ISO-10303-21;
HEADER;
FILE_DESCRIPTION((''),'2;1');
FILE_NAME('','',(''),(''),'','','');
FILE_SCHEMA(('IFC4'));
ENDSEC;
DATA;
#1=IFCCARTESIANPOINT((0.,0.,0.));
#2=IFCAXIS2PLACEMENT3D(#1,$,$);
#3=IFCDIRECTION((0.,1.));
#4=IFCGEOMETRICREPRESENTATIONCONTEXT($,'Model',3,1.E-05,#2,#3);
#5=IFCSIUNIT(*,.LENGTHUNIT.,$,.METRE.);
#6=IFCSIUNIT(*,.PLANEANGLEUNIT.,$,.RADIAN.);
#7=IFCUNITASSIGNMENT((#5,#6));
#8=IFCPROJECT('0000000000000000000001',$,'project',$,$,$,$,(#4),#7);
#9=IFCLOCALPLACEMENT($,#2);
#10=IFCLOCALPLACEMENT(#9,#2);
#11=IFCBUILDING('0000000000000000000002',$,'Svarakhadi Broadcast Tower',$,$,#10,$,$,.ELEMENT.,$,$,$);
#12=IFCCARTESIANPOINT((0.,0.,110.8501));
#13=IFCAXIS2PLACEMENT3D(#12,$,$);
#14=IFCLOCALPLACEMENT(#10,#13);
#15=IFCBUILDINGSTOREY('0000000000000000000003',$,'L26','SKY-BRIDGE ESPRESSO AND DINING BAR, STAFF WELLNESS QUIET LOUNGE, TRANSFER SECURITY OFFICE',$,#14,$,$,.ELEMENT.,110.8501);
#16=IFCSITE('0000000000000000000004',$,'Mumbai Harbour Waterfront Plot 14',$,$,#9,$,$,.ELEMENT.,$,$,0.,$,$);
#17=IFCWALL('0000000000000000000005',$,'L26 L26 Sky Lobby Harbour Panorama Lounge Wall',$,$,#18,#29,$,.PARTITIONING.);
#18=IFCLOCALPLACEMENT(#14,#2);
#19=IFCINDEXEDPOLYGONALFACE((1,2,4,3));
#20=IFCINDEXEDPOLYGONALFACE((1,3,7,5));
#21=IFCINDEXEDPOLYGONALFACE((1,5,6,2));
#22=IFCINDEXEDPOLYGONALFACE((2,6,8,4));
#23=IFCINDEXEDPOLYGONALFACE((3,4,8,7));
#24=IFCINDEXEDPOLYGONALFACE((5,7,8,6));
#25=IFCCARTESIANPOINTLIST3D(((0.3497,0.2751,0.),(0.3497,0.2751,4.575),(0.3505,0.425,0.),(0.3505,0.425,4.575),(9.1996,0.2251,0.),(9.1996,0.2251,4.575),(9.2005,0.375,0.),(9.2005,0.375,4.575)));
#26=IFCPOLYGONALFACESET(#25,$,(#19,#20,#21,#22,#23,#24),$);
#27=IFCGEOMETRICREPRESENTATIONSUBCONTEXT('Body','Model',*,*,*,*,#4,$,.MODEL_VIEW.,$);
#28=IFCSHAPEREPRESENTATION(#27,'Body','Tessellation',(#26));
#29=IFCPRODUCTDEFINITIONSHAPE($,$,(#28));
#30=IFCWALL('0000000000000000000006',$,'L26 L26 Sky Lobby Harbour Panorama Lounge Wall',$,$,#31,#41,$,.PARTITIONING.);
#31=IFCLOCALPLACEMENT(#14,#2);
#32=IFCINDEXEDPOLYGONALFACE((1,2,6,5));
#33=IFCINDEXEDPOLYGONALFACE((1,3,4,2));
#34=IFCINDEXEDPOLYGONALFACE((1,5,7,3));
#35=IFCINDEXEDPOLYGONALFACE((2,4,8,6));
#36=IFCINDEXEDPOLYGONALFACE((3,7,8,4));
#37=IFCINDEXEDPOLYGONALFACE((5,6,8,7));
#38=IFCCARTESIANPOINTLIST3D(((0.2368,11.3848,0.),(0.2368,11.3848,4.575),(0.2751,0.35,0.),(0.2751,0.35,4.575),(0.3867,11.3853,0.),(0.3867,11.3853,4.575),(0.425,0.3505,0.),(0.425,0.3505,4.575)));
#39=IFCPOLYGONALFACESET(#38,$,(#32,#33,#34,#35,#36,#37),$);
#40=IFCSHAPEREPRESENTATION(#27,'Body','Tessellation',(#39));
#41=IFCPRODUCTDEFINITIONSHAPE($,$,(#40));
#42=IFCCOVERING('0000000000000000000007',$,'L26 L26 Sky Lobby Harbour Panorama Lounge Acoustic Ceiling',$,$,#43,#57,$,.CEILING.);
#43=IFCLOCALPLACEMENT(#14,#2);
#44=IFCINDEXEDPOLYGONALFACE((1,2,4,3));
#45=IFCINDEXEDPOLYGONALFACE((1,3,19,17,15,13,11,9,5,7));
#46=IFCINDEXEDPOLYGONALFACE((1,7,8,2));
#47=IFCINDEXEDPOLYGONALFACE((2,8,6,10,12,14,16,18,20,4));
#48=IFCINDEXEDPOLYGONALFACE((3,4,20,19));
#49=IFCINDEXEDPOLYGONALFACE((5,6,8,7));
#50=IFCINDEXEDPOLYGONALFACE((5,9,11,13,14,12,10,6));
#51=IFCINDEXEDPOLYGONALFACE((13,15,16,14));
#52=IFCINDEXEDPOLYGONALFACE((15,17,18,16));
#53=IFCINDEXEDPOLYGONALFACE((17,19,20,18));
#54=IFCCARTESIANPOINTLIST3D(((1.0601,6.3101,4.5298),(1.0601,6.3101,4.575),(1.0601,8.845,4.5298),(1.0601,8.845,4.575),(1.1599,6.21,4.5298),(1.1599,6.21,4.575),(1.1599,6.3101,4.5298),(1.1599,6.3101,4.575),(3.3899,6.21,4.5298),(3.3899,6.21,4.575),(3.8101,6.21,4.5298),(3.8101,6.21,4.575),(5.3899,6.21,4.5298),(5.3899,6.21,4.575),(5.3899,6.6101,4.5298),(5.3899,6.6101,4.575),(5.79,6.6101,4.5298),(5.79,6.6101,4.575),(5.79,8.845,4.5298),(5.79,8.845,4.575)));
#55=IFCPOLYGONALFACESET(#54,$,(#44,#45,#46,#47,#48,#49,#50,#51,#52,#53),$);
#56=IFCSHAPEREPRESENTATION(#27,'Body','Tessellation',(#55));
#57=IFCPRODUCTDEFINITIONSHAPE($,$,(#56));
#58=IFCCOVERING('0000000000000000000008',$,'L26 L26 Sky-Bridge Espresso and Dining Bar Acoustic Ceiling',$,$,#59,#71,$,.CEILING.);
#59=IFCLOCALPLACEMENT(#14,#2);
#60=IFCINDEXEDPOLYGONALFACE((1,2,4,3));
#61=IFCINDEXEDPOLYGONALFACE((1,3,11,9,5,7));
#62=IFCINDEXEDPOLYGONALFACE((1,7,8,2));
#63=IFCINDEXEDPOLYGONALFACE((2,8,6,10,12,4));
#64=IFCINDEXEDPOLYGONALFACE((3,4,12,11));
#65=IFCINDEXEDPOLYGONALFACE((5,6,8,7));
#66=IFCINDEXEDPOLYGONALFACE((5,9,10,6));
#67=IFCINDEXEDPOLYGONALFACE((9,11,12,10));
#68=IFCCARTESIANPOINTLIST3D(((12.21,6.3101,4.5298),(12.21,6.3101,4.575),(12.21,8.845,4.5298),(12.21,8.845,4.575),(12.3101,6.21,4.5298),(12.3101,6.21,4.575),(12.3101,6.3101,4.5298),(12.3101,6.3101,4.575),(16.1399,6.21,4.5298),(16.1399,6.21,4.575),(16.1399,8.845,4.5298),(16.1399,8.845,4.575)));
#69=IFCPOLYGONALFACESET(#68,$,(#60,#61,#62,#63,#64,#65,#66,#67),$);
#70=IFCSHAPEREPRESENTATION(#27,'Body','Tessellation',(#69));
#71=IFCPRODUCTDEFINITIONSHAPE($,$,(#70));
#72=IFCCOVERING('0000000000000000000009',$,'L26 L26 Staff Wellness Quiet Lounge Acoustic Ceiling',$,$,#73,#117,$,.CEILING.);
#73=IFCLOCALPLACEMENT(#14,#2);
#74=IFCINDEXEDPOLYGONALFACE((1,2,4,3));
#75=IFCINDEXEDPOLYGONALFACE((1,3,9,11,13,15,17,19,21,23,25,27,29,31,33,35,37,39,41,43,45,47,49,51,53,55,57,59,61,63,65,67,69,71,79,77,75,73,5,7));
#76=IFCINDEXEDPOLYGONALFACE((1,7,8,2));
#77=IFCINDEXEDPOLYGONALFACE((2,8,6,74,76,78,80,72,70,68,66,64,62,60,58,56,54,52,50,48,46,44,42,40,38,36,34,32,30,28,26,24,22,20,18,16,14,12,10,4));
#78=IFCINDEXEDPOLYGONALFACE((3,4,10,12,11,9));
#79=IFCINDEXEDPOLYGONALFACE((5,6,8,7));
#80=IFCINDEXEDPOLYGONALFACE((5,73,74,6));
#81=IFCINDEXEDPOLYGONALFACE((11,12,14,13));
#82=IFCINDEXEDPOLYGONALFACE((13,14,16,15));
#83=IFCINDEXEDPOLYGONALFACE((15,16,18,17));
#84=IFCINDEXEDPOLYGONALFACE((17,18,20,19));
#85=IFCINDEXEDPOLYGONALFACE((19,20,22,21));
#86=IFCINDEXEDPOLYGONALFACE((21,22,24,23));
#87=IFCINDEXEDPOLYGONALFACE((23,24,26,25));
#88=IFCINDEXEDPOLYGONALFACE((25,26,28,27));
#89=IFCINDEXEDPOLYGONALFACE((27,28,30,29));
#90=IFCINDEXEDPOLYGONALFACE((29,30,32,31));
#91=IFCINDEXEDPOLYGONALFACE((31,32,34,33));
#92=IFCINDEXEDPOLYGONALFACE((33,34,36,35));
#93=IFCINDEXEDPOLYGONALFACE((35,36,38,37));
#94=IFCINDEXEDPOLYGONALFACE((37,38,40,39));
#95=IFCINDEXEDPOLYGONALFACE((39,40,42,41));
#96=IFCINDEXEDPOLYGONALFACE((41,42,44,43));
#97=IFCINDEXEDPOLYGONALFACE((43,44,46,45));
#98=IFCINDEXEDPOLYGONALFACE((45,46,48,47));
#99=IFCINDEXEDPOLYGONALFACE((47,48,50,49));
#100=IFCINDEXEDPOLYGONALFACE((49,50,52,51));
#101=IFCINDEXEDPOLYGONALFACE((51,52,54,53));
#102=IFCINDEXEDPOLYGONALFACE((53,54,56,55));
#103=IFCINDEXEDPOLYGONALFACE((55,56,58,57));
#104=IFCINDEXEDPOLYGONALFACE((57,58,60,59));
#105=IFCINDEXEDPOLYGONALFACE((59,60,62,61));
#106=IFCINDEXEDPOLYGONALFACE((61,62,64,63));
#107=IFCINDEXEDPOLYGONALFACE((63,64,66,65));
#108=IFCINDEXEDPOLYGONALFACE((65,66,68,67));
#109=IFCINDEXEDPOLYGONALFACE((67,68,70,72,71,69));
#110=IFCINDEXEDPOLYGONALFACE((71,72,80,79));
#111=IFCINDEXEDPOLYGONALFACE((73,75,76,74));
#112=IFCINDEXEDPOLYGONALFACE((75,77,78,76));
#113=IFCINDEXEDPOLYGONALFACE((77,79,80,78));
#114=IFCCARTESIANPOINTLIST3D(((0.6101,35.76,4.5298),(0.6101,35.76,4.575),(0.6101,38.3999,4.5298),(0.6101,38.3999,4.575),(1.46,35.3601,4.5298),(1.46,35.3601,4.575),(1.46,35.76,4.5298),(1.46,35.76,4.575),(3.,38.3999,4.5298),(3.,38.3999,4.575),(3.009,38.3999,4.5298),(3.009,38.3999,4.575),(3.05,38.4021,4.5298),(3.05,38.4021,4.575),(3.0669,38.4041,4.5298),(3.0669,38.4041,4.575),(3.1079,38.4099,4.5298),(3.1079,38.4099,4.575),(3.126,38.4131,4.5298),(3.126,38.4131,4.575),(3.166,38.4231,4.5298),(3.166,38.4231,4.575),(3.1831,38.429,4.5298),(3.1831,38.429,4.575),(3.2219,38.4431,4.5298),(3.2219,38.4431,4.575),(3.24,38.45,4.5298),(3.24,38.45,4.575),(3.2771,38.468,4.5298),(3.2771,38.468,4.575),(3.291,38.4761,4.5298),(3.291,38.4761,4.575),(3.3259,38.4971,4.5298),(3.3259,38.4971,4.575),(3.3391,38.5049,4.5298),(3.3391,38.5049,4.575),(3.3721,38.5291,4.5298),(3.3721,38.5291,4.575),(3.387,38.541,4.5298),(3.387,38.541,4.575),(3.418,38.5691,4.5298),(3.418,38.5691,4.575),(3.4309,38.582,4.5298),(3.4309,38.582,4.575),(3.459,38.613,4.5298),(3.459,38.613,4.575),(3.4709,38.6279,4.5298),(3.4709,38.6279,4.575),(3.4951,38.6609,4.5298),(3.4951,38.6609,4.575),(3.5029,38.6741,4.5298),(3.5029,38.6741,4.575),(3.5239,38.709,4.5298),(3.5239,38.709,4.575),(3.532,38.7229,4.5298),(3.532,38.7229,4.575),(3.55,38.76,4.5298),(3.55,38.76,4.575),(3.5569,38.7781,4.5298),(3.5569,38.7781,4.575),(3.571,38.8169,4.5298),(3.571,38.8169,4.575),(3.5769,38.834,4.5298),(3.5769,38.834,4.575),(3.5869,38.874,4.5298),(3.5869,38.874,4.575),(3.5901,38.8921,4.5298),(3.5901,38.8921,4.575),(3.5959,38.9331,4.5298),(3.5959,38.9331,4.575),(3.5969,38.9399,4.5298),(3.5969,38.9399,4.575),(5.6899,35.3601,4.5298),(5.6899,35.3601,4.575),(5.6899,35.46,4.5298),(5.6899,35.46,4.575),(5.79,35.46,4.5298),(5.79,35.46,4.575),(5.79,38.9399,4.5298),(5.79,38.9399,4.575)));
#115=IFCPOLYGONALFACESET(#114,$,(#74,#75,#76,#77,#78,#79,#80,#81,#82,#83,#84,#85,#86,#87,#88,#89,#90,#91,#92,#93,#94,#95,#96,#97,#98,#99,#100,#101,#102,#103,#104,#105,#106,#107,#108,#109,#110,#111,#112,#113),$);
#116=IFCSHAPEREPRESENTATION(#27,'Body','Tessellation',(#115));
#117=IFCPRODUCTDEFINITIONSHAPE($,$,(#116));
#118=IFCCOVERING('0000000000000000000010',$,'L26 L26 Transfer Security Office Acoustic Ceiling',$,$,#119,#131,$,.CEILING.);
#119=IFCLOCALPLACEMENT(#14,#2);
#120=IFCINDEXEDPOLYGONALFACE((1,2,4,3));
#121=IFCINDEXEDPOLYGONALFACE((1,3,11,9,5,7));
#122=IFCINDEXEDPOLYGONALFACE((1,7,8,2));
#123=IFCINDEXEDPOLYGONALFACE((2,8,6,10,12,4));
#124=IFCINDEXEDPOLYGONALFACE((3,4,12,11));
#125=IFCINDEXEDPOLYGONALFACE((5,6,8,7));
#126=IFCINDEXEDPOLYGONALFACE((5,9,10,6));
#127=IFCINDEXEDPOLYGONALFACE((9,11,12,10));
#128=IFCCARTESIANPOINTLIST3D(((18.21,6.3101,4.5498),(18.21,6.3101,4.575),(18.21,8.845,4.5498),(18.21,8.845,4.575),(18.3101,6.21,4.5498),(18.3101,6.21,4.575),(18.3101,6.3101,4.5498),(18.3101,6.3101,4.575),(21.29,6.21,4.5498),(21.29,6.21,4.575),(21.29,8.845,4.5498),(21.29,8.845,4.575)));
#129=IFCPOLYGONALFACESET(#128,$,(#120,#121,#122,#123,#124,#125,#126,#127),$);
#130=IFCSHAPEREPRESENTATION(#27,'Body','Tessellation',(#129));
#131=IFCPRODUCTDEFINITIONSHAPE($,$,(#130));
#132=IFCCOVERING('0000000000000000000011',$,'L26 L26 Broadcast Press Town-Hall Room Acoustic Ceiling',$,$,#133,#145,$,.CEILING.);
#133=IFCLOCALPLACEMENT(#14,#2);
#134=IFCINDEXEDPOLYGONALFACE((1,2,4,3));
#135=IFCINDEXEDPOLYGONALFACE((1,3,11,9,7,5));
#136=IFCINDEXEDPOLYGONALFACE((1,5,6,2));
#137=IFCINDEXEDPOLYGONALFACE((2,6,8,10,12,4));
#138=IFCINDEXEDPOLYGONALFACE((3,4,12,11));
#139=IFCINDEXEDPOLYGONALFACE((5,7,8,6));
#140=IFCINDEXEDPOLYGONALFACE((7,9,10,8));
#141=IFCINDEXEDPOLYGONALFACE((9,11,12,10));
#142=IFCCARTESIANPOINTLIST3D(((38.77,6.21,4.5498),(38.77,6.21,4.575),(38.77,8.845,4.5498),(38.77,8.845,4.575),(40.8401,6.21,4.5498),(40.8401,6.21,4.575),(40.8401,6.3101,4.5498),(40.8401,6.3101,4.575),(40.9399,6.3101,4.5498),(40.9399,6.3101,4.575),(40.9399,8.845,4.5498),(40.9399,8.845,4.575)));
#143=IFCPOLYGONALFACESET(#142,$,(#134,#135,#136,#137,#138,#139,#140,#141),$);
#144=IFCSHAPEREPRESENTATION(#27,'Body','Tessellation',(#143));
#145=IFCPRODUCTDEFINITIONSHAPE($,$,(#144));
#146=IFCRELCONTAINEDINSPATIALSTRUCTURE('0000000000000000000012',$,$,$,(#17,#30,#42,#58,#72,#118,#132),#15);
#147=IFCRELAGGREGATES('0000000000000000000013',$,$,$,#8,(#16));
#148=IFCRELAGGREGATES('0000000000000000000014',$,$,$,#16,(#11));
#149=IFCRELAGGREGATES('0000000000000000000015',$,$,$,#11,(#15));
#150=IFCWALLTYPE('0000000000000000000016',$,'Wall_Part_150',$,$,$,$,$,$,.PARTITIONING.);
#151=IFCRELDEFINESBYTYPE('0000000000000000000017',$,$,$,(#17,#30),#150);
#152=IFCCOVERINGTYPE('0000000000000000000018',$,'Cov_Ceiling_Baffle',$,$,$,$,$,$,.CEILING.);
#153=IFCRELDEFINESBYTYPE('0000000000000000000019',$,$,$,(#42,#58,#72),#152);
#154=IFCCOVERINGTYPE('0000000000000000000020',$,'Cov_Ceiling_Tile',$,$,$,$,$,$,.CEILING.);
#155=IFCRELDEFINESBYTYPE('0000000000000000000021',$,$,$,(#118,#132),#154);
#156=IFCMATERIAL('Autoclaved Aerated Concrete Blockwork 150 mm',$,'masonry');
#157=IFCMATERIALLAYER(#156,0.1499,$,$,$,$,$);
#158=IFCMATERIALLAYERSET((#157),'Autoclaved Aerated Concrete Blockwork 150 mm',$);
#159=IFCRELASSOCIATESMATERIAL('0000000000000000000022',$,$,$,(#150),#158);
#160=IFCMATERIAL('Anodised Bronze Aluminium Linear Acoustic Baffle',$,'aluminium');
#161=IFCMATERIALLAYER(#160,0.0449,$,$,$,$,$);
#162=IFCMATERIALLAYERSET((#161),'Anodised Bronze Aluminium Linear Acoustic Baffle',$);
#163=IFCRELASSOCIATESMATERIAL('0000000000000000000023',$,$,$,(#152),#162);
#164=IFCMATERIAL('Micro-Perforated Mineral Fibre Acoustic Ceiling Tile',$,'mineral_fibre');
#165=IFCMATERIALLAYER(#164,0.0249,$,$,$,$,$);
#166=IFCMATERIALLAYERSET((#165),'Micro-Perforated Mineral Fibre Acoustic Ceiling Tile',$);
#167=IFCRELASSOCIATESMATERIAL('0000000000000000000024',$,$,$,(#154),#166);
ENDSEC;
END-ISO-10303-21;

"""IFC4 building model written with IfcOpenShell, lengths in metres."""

from ifc_helpers import new_model, si_unit, direction, frame, frame_2d, origin, place, context, subcontext, project, spatial, polyline, rectangle, outline, extrude, material, layer, layer_set, type_object, element, save


model = new_model("IFC4")

# Units and contexts
model_context = context("Model", 3, precision=1e-05, world=origin(), true_north=direction((0.0, 1.0)))
body_context = subcontext(model_context, "Body", "Model", "MODEL_VIEW")
ifc_project = project(units=[si_unit("LENGTHUNIT", "METRE"), si_unit("PLANEANGLEUNIT", "RADIAN")], contexts=[model_context])

# Site, building, storey
site_placement = place(None, origin())
site = spatial("IfcSite", under=ifc_project, at=site_placement, Name="Mumbai Harbour Waterfront Plot 14", CompositionType="ELEMENT", RefElevation=0.0)
building_placement = place(site_placement, origin())
building = spatial("IfcBuilding", under=site, at=building_placement, Name="Svarakhadi Broadcast Tower", CompositionType="ELEMENT")
storey_placement = place(building_placement, frame((0.0, 0.0, 110.8501)))
storey = spatial("IfcBuildingStorey", under=building, at=storey_placement, Name="L26", Description="SKY-BRIDGE ESPRESSO AND DINING BAR, STAFF WELLNESS QUIET LOUNGE, TRANSFER SECURITY OFFICE", CompositionType="ELEMENT", Elevation=110.8501)

# Walls
ifc_material_1 = material(Name="Autoclaved Aerated Concrete Blockwork 150 mm", Category="masonry")
ifc_layer_1 = layer(ifc_material_1, 0.1499)
ifc_layer_set_1 = layer_set([ifc_layer_1], Name="Autoclaved Aerated Concrete Blockwork 150 mm")
wall_type = type_object("IfcWallType", Name="Wall_Part_150", PredefinedType="PARTITIONING", material=ifc_layer_set_1)
wall_1_placement = place(storey_placement, frame((0.3501, 0.3501, 0.0), z_axis=(0.0, 0.0, 1.0), x_axis=(0.999984, -0.005655, 0.0)))
element("IfcWall", 1, at=wall_1_placement, inside=storey, type_object=wall_type, Name="L26 L26 Sky Lobby Harbour Panorama Lounge Wall", PredefinedType="PARTITIONING", context=body_context, shape_type="SweptSolid", body=[
    extrude(rectangle(XDim=8.8501, YDim=0.1499, at=frame_2d((4.425, 0.0))), origin(), (0.0, 0.0, 1.0), 4.575),
])
wall_2_placement = place(storey_placement, frame((0.3501, 0.3501, 0.0), z_axis=(0.0, 0.0, 1.0), x_axis=(-0.003474, 0.999994, 0.0)))
element("IfcWall", 2, at=wall_2_placement, inside=storey, type_object=wall_type, Name="L26 L26 Sky Lobby Harbour Panorama Lounge Wall", PredefinedType="PARTITIONING", context=body_context, shape_type="SweptSolid", body=[
    extrude(rectangle(XDim=11.0349, YDim=0.1499, at=frame_2d((5.5176, 0.0))), origin(), (0.0, 0.0, 1.0), 4.575),
])

# Coverings
ifc_material_2 = material(Name="Anodised Bronze Aluminium Linear Acoustic Baffle", Category="aluminium")
ifc_layer_2 = layer(ifc_material_2, 0.0449)
ifc_layer_set_2 = layer_set([ifc_layer_2], Name="Anodised Bronze Aluminium Linear Acoustic Baffle")
covering_type_1 = type_object("IfcCoveringType", Name="Cov_Ceiling_Baffle", PredefinedType="CEILING", material=ifc_layer_set_2)
covering_1_placement = place(storey_placement, frame((0.0, 0.0, 4.5298)))
element("IfcCovering", 3, at=covering_1_placement, inside=storey, type_object=covering_type_1, Name="L26 L26 Sky Lobby Harbour Panorama Lounge Acoustic Ceiling", PredefinedType="CEILING", context=body_context, shape_type="SweptSolid", body=[
    extrude(outline(polyline([(3.3899, 6.21), (1.1599, 6.21), (1.1599, 6.3101), (1.0601, 6.3101), (1.0601, 8.845), (5.79, 8.845), (5.79, 6.6101), (5.3899, 6.6101), (5.3899, 6.21), (3.8101, 6.21), (3.3899, 6.21)])), origin(), (0.0, 0.0, 1.0), 0.0452),
])
covering_2_placement = place(storey_placement, frame((0.0, 0.0, 4.5298)))
element("IfcCovering", 4, at=covering_2_placement, inside=storey, type_object=covering_type_1, Name="L26 L26 Sky-Bridge Espresso and Dining Bar Acoustic Ceiling", PredefinedType="CEILING", context=body_context, shape_type="SweptSolid", body=[
    extrude(outline(polyline([(16.1399, 6.21), (12.3101, 6.21), (12.3101, 6.3101), (12.21, 6.3101), (12.21, 8.845), (16.1399, 8.845), (16.1399, 6.21)])), origin(), (0.0, 0.0, 1.0), 0.0452),
])
covering_3_placement = place(storey_placement, frame((0.0, 0.0, 4.5298)))
element("IfcCovering", 5, at=covering_3_placement, inside=storey, type_object=covering_type_1, Name="L26 L26 Staff Wellness Quiet Lounge Acoustic Ceiling", PredefinedType="CEILING", context=body_context, shape_type="SweptSolid", body=[
    extrude(outline(polyline([(5.79, 38.9399), (5.79, 35.46), (5.6899, 35.46), (5.6899, 35.3601), (1.46, 35.3601), (1.46, 35.76), (0.6101, 35.76), (0.6101, 38.3999), (3.0, 38.3999), (3.009, 38.3999), (3.05, 38.4021), (3.0669, 38.4041), (3.1079, 38.4099), (3.126, 38.4131), (3.166, 38.4231), (3.1831, 38.429), (3.2219, 38.4431), (3.24, 38.45), (3.2771, 38.468), (3.291, 38.4761), (3.3259, 38.4971), (3.3391, 38.5049), (3.3721, 38.5291), (3.387, 38.541), (3.418, 38.5691), (3.4309, 38.582), (3.459, 38.613), (3.4709, 38.6279), (3.4951, 38.6609), (3.5029, 38.6741), (3.5239, 38.709), (3.532, 38.7229), (3.55, 38.76), (3.5569, 38.7781), (3.571, 38.8169), (3.5769, 38.834), (3.5869, 38.874), (3.5901, 38.8921), (3.5959, 38.9331), (3.5969, 38.9399), (5.79, 38.9399)])), origin(), (0.0, 0.0, 1.0), 0.0452),
])
ifc_material_3 = material(Name="Micro-Perforated Mineral Fibre Acoustic Ceiling Tile", Category="mineral_fibre")
ifc_layer_3 = layer(ifc_material_3, 0.0249)
ifc_layer_set_3 = layer_set([ifc_layer_3], Name="Micro-Perforated Mineral Fibre Acoustic Ceiling Tile")
covering_type_2 = type_object("IfcCoveringType", Name="Cov_Ceiling_Tile", PredefinedType="CEILING", material=ifc_layer_set_3)
covering_4_placement = place(storey_placement, frame((0.0, 0.0, 4.5498)))
element("IfcCovering", 6, at=covering_4_placement, inside=storey, type_object=covering_type_2, Name="L26 L26 Transfer Security Office Acoustic Ceiling", PredefinedType="CEILING", context=body_context, shape_type="SweptSolid", body=[
    extrude(outline(polyline([(21.29, 6.21), (18.3101, 6.21), (18.3101, 6.3101), (18.21, 6.3101), (18.21, 8.845), (21.29, 8.845), (21.29, 6.21)])), origin(), (0.0, 0.0, 1.0), 0.0251),
])
covering_5_placement = place(storey_placement, frame((0.0, 0.0, 4.5498)))
element("IfcCovering", 7, at=covering_5_placement, inside=storey, type_object=covering_type_2, Name="L26 L26 Broadcast Press Town-Hall Room Acoustic Ceiling", PredefinedType="CEILING", context=body_context, shape_type="SweptSolid", body=[
    extrude(outline(polyline([(38.77, 8.845), (40.9399, 8.845), (40.9399, 6.3101), (40.8401, 6.3101), (40.8401, 6.21), (38.77, 6.21), (38.77, 8.845)])), origin(), (0.0, 0.0, 1.0), 0.0251),
])

save(model, "model.ifc")
